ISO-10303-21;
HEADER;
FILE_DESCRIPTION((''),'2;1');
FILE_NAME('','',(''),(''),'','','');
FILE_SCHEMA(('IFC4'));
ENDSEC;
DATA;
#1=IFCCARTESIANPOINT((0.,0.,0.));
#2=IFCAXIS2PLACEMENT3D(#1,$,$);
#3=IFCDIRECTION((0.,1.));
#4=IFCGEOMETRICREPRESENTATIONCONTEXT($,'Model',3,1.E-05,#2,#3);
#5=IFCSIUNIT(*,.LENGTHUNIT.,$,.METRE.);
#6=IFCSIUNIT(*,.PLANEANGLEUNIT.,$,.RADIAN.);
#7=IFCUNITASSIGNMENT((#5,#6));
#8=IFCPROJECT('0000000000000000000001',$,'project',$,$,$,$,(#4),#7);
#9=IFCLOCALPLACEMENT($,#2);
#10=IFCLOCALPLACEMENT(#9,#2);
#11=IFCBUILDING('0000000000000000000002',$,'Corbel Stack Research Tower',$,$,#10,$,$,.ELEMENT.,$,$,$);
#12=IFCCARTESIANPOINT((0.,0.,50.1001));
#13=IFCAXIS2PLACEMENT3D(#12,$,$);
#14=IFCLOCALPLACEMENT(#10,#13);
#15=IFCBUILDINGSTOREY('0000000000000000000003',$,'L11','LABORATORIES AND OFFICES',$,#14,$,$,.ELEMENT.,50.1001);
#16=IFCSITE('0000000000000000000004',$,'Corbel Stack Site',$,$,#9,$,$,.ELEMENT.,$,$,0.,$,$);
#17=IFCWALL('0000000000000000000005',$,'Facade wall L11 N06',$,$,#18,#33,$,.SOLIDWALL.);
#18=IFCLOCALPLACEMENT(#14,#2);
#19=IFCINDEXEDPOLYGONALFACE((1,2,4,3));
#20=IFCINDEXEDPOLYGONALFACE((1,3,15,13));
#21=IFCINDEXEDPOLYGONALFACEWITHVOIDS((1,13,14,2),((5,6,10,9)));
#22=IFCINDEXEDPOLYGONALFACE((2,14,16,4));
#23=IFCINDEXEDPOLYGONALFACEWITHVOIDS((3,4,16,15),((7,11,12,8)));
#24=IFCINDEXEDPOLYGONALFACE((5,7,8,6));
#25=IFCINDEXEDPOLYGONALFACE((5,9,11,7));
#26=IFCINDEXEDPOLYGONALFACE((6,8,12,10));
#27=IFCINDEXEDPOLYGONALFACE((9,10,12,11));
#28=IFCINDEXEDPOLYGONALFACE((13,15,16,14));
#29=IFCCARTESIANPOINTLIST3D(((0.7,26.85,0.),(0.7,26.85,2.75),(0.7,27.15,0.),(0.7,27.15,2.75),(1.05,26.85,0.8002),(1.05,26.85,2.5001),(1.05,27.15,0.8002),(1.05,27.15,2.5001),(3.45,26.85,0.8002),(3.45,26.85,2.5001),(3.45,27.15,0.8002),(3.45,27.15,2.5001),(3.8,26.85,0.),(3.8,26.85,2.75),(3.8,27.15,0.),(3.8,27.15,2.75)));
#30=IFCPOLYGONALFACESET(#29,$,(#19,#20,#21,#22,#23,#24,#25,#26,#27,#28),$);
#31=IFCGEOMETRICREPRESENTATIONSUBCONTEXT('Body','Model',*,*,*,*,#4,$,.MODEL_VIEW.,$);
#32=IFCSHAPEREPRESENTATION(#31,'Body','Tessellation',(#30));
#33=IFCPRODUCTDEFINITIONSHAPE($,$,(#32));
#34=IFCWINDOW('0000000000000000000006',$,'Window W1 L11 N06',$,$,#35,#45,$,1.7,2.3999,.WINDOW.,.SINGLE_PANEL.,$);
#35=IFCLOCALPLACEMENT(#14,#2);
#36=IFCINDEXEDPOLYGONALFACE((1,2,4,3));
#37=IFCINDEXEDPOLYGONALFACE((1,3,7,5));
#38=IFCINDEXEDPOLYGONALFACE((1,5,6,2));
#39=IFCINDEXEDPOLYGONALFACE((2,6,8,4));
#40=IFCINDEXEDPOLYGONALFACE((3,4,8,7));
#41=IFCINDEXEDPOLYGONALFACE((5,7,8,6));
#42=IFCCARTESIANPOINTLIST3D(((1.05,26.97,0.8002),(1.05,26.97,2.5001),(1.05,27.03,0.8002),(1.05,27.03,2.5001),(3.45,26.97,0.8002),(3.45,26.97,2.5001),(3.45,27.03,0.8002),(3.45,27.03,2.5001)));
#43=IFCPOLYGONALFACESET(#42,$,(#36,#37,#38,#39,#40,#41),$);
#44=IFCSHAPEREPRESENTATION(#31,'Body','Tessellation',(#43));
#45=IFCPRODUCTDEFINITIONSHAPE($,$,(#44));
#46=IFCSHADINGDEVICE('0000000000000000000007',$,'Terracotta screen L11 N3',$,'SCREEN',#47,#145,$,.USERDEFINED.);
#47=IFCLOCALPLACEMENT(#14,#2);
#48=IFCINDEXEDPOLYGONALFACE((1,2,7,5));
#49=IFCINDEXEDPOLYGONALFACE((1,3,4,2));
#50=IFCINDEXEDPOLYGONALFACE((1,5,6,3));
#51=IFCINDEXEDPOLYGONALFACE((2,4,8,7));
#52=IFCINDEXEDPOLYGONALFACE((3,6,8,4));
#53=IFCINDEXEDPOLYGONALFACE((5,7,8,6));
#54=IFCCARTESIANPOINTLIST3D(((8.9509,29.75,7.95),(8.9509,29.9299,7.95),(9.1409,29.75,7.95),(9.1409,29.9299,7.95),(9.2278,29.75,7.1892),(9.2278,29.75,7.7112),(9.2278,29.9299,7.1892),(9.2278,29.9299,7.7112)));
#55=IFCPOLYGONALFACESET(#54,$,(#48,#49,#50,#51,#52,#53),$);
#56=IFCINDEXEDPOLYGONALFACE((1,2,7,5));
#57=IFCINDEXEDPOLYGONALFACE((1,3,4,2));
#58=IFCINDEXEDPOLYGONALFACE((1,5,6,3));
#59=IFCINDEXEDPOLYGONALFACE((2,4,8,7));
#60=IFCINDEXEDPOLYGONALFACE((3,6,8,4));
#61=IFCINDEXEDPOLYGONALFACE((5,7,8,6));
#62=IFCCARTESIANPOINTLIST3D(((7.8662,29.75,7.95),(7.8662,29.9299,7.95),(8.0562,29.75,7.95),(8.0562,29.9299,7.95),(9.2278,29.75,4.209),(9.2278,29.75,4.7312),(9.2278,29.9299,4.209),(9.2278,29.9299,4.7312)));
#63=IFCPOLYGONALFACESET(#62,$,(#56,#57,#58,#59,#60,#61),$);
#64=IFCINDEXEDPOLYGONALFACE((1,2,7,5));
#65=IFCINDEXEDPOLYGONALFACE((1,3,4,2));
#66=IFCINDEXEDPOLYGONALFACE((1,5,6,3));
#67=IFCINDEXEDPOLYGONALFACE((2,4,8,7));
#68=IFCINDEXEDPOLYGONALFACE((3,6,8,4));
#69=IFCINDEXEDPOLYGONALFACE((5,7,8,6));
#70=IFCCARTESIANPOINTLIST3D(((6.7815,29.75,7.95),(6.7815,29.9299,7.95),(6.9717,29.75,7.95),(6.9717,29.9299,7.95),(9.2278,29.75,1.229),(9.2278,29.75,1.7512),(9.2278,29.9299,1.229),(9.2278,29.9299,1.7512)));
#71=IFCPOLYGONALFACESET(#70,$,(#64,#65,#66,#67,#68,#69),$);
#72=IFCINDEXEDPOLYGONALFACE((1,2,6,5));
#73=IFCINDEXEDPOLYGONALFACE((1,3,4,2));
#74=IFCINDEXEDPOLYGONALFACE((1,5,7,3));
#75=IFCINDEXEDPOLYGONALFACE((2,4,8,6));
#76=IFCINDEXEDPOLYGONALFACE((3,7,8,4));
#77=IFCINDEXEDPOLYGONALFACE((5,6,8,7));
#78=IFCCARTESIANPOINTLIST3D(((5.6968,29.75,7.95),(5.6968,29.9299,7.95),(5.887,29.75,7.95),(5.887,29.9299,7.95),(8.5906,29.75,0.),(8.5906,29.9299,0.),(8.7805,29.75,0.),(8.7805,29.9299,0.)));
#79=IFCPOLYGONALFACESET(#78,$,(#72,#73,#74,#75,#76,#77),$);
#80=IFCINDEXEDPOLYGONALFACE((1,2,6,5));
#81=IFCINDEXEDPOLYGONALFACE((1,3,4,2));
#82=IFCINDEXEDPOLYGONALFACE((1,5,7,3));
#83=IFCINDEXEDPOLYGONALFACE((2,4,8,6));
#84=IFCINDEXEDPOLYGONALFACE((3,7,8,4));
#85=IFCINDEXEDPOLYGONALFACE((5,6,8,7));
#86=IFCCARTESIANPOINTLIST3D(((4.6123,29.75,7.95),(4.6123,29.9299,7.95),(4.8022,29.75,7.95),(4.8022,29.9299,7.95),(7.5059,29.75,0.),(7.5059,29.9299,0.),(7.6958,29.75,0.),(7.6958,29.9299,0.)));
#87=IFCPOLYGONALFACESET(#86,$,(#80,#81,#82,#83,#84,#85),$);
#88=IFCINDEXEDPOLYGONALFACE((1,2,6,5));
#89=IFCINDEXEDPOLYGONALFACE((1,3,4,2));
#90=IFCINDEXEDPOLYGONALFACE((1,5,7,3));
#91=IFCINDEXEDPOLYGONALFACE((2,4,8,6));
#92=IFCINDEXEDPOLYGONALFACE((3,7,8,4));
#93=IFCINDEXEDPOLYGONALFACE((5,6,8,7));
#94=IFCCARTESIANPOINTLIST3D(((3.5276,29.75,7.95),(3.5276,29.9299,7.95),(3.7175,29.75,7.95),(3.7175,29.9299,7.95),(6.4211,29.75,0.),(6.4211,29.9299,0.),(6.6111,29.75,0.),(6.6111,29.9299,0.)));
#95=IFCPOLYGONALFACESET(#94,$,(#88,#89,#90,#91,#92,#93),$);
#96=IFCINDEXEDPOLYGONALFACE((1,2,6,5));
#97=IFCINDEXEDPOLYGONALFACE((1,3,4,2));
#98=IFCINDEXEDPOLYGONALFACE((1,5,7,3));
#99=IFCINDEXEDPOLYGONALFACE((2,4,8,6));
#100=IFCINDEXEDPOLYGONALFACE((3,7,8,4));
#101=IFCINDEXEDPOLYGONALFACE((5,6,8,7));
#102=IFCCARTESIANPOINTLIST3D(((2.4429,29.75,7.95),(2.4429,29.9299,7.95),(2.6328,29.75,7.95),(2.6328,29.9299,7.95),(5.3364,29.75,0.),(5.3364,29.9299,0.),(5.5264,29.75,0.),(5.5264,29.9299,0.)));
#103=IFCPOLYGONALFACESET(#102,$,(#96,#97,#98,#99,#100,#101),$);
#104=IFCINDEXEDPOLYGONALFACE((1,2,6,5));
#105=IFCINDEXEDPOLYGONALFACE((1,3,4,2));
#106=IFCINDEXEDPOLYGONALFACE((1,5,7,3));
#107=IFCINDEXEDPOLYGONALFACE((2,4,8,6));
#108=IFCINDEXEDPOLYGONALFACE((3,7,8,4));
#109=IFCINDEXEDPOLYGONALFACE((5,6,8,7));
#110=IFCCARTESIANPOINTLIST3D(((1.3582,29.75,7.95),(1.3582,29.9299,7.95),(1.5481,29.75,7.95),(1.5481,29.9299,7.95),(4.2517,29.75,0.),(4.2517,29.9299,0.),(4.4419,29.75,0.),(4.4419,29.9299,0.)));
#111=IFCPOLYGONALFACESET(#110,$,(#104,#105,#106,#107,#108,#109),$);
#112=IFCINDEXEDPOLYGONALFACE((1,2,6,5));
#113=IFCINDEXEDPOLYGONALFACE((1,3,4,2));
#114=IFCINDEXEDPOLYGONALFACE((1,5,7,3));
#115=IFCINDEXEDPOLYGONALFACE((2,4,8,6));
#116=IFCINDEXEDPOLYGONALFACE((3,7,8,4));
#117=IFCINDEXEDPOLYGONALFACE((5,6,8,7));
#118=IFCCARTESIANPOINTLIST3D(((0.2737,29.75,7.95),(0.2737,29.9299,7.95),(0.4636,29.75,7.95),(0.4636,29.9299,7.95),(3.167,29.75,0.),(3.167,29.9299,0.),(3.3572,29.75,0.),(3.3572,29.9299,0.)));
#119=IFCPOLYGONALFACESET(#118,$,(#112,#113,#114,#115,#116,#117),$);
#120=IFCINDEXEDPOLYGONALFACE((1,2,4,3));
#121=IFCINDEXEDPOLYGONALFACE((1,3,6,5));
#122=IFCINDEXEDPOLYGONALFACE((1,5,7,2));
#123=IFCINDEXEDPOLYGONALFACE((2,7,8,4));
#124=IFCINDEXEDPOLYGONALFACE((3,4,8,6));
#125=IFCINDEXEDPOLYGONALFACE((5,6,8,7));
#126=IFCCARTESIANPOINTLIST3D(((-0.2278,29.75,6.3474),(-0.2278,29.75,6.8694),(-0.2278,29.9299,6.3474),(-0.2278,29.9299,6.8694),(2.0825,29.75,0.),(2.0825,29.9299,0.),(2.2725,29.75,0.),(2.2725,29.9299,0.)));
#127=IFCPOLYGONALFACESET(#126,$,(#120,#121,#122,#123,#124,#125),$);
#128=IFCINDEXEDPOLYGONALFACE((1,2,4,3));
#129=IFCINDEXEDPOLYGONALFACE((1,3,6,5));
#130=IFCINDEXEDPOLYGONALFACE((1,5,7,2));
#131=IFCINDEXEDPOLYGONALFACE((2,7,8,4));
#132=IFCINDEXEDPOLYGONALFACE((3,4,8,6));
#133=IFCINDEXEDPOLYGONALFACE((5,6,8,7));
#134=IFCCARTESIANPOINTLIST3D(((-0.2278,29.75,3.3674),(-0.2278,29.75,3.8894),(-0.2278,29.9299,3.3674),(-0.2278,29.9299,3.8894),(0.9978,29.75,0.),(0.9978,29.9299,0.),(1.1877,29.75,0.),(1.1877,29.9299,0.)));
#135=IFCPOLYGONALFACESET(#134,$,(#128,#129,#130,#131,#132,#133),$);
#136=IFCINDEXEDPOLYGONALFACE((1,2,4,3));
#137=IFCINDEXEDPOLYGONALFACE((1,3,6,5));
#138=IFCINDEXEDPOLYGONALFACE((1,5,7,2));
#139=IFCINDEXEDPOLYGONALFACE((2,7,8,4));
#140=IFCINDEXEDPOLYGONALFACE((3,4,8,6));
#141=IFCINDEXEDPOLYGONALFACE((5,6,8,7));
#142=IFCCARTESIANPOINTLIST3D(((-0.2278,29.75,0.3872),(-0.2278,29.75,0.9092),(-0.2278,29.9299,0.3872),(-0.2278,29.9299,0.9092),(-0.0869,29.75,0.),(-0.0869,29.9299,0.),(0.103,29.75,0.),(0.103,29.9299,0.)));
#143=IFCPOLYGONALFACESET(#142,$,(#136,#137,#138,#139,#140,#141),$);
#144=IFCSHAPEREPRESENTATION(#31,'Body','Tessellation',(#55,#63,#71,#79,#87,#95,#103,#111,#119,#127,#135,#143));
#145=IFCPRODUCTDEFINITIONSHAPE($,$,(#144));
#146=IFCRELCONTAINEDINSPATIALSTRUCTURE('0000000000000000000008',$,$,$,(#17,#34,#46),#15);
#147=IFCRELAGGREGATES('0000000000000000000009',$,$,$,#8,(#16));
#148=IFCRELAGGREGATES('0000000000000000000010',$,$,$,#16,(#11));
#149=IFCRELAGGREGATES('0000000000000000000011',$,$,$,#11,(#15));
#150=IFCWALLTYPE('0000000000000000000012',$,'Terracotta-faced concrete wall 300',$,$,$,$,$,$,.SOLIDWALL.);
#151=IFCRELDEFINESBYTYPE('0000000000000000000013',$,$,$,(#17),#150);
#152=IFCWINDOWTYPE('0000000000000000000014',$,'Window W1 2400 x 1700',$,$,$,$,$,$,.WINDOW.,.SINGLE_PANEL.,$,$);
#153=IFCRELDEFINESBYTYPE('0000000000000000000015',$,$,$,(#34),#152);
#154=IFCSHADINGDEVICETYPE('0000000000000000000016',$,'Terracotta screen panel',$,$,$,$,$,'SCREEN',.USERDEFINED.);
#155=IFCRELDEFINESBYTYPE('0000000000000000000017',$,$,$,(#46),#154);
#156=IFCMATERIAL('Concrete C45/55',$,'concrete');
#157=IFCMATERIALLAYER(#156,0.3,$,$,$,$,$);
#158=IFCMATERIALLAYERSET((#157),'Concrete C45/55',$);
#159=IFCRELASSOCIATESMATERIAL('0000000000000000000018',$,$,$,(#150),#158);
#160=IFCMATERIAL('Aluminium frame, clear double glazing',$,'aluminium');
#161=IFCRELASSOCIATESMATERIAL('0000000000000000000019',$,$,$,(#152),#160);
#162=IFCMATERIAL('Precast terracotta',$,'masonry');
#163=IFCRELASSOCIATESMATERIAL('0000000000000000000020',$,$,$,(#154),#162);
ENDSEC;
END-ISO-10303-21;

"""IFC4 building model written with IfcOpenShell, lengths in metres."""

from ifc_helpers import new_model, si_unit, direction, frame, frame_2d, origin, place, context, subcontext, project, spatial, polyline, rectangle, outline, extrude, source, transform, mapped, material, layer, layer_set, type_object, element, fill, save


model = new_model("IFC4")

# Units and contexts
model_context = context("Model", 3, precision=1e-05, world=origin(), true_north=direction((0.0, 1.0)))
body_context = subcontext(model_context, "Body", "Model", "MODEL_VIEW")
ifc_project = project(units=[si_unit("LENGTHUNIT", "METRE"), si_unit("PLANEANGLEUNIT", "RADIAN")], contexts=[model_context])

# Site, building, storey
site_placement = place(None, origin())
site = spatial("IfcSite", under=ifc_project, at=site_placement, Name="Corbel Stack Site", CompositionType="ELEMENT", RefElevation=0.0)
building_placement = place(site_placement, origin())
building = spatial("IfcBuilding", under=site, at=building_placement, Name="Corbel Stack Research Tower", CompositionType="ELEMENT")
storey_placement = place(building_placement, frame((0.0, 0.0, 50.1001)))
storey = spatial("IfcBuildingStorey", under=building, at=storey_placement, Name="L11", Description="LABORATORIES AND OFFICES", CompositionType="ELEMENT", Elevation=50.1001)

# Shared definitions
ifc_material_1 = material(Name="Concrete C45/55", Category="concrete")
ifc_layer_1 = layer(ifc_material_1, 0.3)
ifc_layer_set_1 = layer_set([ifc_layer_1], Name="Concrete C45/55")
wall_type_1 = type_object("IfcWallType", Name="Terracotta-faced concrete wall 300", PredefinedType="SOLIDWALL", material=ifc_layer_set_1)

# Wall, opening, window
ifc_material_2 = material(Name="Aluminium frame, clear double glazing", Category="aluminium")
window_type = type_object("IfcWindowType", Name="Window W1 2400 x 1700", PartitioningType="SINGLE_PANEL", PredefinedType="WINDOW", material=ifc_material_2)
wall_1_placement = place(storey_placement, frame((0.7, 27.0, 0.0), z_axis=(0.0, 0.0, 1.0), x_axis=(1.0, 0.0, 0.0)))
wall_1 = element("IfcWall", 1, at=wall_1_placement, inside=storey, type_object=wall_type_1, Name="Facade wall L11 N06", PredefinedType="SOLIDWALL", context=body_context, shape_type="SweptSolid", body=[
    extrude(rectangle(XDim=3.1001, YDim=0.3, at=frame_2d((1.55, 0.0))), origin(), (0.0, 0.0, 1.0), 2.75),
])
opening_1_placement = place(wall_1_placement, frame((0.3501, 0.0, 0.8)))
opening_1 = element("IfcOpeningElement", 2, at=opening_1_placement, cuts=wall_1, PredefinedType="OPENING", context=body_context, shape_type="SweptSolid", body=[
    extrude(rectangle(XDim=2.3999, YDim=1.7, at=frame_2d((1.2, 0.8501))), frame((0.0, 0.1599, 0.0), z_axis=(0.0, -1.0, 0.0), x_axis=(1.0, 0.0, 0.0)), (0.0, 0.0, 1.0), 0.3201),
])
window_1_placement = place(opening_1_placement, origin())
window_1 = element("IfcWindow", 3, at=window_1_placement, inside=storey, type_object=window_type, Name="Window W1 L11 N06", OverallHeight=1.7, OverallWidth=2.3999, PartitioningType="SINGLE_PANEL", PredefinedType="WINDOW", context=body_context, shape_type="SweptSolid", body=[
    extrude(rectangle(XDim=2.3999, YDim=1.7, at=frame_2d((1.2, 0.8501))), frame((0.0, 0.03, 0.0), z_axis=(0.0, -1.0, 0.0), x_axis=(1.0, 0.0, 0.0)), (0.0, 0.0, 1.0), 0.0601),
])
fill(opening_1, window_1)

# Shading device
ifc_material_3 = material(Name="Precast terracotta", Category="masonry")
shading_device_type = type_object("IfcShadingDeviceType", Name="Terracotta screen panel", ElementType="SCREEN", PredefinedType="USERDEFINED", material=ifc_material_3)
shared_shape_1 = source(origin(), body_context, "Body", "SweptSolid", [
    extrude(outline(polyline([(0.2769, 7.95), (0.0869, 7.95), (0.0, 7.7112), (0.0, 7.1892), (0.2769, 7.95)])), frame((0.0, 0.0, 0.0), z_axis=(0.0, -1.0, 0.0), x_axis=(1.0, 0.0, 0.0)), (0.0, 0.0, 1.0), 0.1799),
    extrude(outline(polyline([(1.3616, 7.95), (1.1716, 7.95), (0.0, 4.7312), (0.0, 4.209), (1.3616, 7.95)])), frame((0.0, 0.0, 0.0), z_axis=(0.0, -1.0, 0.0), x_axis=(1.0, 0.0, 0.0)), (0.0, 0.0, 1.0), 0.1799),
    extrude(outline(polyline([(2.4463, 7.95), (2.2561, 7.95), (0.0, 1.7512), (0.0, 1.229), (2.4463, 7.95)])), frame((0.0, 0.0, 0.0), z_axis=(0.0, -1.0, 0.0), x_axis=(1.0, 0.0, 0.0)), (0.0, 0.0, 1.0), 0.1799),
    extrude(outline(polyline([(0.6372, 0.0), (3.531, 7.95), (3.3408, 7.95), (0.4473, 0.0), (0.6372, 0.0)])), frame((0.0, 0.0, 0.0), z_axis=(0.0, -1.0, 0.0), x_axis=(1.0, 0.0, 0.0)), (0.0, 0.0, 1.0), 0.1799),
    extrude(outline(polyline([(1.7219, 0.0), (4.6155, 7.95), (4.4255, 7.95), (1.532, 0.0), (1.7219, 0.0)])), frame((0.0, 0.0, 0.0), z_axis=(0.0, -1.0, 0.0), x_axis=(1.0, 0.0, 0.0)), (0.0, 0.0, 1.0), 0.1799),
    extrude(outline(polyline([(2.8066, 0.0), (5.7002, 7.95), (5.5103, 7.95), (2.6167, 0.0), (2.8066, 0.0)])), frame((0.0, 0.0, 0.0), z_axis=(0.0, -1.0, 0.0), x_axis=(1.0, 0.0, 0.0)), (0.0, 0.0, 1.0), 0.1799),
    extrude(outline(polyline([(3.8914, 0.0), (6.7849, 7.95), (6.595, 7.95), (3.7014, 0.0), (3.8914, 0.0)])), frame((0.0, 0.0, 0.0), z_axis=(0.0, -1.0, 0.0), x_axis=(1.0, 0.0, 0.0)), (0.0, 0.0, 1.0), 0.1799),
    extrude(outline(polyline([(4.9761, 0.0), (7.8696, 7.95), (7.6797, 7.95), (4.7859, 0.0), (4.9761, 0.0)])), frame((0.0, 0.0, 0.0), z_axis=(0.0, -1.0, 0.0), x_axis=(1.0, 0.0, 0.0)), (0.0, 0.0, 1.0), 0.1799),
    extrude(outline(polyline([(6.0608, 0.0), (8.9541, 7.95), (8.7642, 7.95), (5.8706, 0.0), (6.0608, 0.0)])), frame((0.0, 0.0, 0.0), z_axis=(0.0, -1.0, 0.0), x_axis=(1.0, 0.0, 0.0)), (0.0, 0.0, 1.0), 0.1799),
    extrude(outline(polyline([(7.1453, 0.0), (9.4556, 6.3474), (9.4556, 6.8694), (6.9553, 0.0), (7.1453, 0.0)])), frame((0.0, 0.0, 0.0), z_axis=(0.0, -1.0, 0.0), x_axis=(1.0, 0.0, 0.0)), (0.0, 0.0, 1.0), 0.1799),
    extrude(outline(polyline([(8.23, 0.0), (9.4556, 3.3674), (9.4556, 3.8894), (8.04, 0.0), (8.23, 0.0)])), frame((0.0, 0.0, 0.0), z_axis=(0.0, -1.0, 0.0), x_axis=(1.0, 0.0, 0.0)), (0.0, 0.0, 1.0), 0.1799),
    extrude(outline(polyline([(9.3147, 0.0), (9.4556, 0.3872), (9.4556, 0.9092), (9.1248, 0.0), (9.3147, 0.0)])), frame((0.0, 0.0, 0.0), z_axis=(0.0, -1.0, 0.0), x_axis=(1.0, 0.0, 0.0)), (0.0, 0.0, 1.0), 0.1799),
])
shading_device_1_placement = place(storey_placement, frame((9.2278, 29.75, 0.0), z_axis=(0.0, 0.0, 1.0), x_axis=(-1.0, 0.0, 0.0)))
element("IfcShadingDevice", 4, at=shading_device_1_placement, inside=storey, type_object=shading_device_type, Name="Terracotta screen L11 N3", ObjectType="SCREEN", PredefinedType="USERDEFINED", context=body_context, shape_type="MappedRepresentation", body=[
    mapped(shared_shape_1, transform((0.0, 0.0, 0.0))),
])

save(model, "model.ifc")
